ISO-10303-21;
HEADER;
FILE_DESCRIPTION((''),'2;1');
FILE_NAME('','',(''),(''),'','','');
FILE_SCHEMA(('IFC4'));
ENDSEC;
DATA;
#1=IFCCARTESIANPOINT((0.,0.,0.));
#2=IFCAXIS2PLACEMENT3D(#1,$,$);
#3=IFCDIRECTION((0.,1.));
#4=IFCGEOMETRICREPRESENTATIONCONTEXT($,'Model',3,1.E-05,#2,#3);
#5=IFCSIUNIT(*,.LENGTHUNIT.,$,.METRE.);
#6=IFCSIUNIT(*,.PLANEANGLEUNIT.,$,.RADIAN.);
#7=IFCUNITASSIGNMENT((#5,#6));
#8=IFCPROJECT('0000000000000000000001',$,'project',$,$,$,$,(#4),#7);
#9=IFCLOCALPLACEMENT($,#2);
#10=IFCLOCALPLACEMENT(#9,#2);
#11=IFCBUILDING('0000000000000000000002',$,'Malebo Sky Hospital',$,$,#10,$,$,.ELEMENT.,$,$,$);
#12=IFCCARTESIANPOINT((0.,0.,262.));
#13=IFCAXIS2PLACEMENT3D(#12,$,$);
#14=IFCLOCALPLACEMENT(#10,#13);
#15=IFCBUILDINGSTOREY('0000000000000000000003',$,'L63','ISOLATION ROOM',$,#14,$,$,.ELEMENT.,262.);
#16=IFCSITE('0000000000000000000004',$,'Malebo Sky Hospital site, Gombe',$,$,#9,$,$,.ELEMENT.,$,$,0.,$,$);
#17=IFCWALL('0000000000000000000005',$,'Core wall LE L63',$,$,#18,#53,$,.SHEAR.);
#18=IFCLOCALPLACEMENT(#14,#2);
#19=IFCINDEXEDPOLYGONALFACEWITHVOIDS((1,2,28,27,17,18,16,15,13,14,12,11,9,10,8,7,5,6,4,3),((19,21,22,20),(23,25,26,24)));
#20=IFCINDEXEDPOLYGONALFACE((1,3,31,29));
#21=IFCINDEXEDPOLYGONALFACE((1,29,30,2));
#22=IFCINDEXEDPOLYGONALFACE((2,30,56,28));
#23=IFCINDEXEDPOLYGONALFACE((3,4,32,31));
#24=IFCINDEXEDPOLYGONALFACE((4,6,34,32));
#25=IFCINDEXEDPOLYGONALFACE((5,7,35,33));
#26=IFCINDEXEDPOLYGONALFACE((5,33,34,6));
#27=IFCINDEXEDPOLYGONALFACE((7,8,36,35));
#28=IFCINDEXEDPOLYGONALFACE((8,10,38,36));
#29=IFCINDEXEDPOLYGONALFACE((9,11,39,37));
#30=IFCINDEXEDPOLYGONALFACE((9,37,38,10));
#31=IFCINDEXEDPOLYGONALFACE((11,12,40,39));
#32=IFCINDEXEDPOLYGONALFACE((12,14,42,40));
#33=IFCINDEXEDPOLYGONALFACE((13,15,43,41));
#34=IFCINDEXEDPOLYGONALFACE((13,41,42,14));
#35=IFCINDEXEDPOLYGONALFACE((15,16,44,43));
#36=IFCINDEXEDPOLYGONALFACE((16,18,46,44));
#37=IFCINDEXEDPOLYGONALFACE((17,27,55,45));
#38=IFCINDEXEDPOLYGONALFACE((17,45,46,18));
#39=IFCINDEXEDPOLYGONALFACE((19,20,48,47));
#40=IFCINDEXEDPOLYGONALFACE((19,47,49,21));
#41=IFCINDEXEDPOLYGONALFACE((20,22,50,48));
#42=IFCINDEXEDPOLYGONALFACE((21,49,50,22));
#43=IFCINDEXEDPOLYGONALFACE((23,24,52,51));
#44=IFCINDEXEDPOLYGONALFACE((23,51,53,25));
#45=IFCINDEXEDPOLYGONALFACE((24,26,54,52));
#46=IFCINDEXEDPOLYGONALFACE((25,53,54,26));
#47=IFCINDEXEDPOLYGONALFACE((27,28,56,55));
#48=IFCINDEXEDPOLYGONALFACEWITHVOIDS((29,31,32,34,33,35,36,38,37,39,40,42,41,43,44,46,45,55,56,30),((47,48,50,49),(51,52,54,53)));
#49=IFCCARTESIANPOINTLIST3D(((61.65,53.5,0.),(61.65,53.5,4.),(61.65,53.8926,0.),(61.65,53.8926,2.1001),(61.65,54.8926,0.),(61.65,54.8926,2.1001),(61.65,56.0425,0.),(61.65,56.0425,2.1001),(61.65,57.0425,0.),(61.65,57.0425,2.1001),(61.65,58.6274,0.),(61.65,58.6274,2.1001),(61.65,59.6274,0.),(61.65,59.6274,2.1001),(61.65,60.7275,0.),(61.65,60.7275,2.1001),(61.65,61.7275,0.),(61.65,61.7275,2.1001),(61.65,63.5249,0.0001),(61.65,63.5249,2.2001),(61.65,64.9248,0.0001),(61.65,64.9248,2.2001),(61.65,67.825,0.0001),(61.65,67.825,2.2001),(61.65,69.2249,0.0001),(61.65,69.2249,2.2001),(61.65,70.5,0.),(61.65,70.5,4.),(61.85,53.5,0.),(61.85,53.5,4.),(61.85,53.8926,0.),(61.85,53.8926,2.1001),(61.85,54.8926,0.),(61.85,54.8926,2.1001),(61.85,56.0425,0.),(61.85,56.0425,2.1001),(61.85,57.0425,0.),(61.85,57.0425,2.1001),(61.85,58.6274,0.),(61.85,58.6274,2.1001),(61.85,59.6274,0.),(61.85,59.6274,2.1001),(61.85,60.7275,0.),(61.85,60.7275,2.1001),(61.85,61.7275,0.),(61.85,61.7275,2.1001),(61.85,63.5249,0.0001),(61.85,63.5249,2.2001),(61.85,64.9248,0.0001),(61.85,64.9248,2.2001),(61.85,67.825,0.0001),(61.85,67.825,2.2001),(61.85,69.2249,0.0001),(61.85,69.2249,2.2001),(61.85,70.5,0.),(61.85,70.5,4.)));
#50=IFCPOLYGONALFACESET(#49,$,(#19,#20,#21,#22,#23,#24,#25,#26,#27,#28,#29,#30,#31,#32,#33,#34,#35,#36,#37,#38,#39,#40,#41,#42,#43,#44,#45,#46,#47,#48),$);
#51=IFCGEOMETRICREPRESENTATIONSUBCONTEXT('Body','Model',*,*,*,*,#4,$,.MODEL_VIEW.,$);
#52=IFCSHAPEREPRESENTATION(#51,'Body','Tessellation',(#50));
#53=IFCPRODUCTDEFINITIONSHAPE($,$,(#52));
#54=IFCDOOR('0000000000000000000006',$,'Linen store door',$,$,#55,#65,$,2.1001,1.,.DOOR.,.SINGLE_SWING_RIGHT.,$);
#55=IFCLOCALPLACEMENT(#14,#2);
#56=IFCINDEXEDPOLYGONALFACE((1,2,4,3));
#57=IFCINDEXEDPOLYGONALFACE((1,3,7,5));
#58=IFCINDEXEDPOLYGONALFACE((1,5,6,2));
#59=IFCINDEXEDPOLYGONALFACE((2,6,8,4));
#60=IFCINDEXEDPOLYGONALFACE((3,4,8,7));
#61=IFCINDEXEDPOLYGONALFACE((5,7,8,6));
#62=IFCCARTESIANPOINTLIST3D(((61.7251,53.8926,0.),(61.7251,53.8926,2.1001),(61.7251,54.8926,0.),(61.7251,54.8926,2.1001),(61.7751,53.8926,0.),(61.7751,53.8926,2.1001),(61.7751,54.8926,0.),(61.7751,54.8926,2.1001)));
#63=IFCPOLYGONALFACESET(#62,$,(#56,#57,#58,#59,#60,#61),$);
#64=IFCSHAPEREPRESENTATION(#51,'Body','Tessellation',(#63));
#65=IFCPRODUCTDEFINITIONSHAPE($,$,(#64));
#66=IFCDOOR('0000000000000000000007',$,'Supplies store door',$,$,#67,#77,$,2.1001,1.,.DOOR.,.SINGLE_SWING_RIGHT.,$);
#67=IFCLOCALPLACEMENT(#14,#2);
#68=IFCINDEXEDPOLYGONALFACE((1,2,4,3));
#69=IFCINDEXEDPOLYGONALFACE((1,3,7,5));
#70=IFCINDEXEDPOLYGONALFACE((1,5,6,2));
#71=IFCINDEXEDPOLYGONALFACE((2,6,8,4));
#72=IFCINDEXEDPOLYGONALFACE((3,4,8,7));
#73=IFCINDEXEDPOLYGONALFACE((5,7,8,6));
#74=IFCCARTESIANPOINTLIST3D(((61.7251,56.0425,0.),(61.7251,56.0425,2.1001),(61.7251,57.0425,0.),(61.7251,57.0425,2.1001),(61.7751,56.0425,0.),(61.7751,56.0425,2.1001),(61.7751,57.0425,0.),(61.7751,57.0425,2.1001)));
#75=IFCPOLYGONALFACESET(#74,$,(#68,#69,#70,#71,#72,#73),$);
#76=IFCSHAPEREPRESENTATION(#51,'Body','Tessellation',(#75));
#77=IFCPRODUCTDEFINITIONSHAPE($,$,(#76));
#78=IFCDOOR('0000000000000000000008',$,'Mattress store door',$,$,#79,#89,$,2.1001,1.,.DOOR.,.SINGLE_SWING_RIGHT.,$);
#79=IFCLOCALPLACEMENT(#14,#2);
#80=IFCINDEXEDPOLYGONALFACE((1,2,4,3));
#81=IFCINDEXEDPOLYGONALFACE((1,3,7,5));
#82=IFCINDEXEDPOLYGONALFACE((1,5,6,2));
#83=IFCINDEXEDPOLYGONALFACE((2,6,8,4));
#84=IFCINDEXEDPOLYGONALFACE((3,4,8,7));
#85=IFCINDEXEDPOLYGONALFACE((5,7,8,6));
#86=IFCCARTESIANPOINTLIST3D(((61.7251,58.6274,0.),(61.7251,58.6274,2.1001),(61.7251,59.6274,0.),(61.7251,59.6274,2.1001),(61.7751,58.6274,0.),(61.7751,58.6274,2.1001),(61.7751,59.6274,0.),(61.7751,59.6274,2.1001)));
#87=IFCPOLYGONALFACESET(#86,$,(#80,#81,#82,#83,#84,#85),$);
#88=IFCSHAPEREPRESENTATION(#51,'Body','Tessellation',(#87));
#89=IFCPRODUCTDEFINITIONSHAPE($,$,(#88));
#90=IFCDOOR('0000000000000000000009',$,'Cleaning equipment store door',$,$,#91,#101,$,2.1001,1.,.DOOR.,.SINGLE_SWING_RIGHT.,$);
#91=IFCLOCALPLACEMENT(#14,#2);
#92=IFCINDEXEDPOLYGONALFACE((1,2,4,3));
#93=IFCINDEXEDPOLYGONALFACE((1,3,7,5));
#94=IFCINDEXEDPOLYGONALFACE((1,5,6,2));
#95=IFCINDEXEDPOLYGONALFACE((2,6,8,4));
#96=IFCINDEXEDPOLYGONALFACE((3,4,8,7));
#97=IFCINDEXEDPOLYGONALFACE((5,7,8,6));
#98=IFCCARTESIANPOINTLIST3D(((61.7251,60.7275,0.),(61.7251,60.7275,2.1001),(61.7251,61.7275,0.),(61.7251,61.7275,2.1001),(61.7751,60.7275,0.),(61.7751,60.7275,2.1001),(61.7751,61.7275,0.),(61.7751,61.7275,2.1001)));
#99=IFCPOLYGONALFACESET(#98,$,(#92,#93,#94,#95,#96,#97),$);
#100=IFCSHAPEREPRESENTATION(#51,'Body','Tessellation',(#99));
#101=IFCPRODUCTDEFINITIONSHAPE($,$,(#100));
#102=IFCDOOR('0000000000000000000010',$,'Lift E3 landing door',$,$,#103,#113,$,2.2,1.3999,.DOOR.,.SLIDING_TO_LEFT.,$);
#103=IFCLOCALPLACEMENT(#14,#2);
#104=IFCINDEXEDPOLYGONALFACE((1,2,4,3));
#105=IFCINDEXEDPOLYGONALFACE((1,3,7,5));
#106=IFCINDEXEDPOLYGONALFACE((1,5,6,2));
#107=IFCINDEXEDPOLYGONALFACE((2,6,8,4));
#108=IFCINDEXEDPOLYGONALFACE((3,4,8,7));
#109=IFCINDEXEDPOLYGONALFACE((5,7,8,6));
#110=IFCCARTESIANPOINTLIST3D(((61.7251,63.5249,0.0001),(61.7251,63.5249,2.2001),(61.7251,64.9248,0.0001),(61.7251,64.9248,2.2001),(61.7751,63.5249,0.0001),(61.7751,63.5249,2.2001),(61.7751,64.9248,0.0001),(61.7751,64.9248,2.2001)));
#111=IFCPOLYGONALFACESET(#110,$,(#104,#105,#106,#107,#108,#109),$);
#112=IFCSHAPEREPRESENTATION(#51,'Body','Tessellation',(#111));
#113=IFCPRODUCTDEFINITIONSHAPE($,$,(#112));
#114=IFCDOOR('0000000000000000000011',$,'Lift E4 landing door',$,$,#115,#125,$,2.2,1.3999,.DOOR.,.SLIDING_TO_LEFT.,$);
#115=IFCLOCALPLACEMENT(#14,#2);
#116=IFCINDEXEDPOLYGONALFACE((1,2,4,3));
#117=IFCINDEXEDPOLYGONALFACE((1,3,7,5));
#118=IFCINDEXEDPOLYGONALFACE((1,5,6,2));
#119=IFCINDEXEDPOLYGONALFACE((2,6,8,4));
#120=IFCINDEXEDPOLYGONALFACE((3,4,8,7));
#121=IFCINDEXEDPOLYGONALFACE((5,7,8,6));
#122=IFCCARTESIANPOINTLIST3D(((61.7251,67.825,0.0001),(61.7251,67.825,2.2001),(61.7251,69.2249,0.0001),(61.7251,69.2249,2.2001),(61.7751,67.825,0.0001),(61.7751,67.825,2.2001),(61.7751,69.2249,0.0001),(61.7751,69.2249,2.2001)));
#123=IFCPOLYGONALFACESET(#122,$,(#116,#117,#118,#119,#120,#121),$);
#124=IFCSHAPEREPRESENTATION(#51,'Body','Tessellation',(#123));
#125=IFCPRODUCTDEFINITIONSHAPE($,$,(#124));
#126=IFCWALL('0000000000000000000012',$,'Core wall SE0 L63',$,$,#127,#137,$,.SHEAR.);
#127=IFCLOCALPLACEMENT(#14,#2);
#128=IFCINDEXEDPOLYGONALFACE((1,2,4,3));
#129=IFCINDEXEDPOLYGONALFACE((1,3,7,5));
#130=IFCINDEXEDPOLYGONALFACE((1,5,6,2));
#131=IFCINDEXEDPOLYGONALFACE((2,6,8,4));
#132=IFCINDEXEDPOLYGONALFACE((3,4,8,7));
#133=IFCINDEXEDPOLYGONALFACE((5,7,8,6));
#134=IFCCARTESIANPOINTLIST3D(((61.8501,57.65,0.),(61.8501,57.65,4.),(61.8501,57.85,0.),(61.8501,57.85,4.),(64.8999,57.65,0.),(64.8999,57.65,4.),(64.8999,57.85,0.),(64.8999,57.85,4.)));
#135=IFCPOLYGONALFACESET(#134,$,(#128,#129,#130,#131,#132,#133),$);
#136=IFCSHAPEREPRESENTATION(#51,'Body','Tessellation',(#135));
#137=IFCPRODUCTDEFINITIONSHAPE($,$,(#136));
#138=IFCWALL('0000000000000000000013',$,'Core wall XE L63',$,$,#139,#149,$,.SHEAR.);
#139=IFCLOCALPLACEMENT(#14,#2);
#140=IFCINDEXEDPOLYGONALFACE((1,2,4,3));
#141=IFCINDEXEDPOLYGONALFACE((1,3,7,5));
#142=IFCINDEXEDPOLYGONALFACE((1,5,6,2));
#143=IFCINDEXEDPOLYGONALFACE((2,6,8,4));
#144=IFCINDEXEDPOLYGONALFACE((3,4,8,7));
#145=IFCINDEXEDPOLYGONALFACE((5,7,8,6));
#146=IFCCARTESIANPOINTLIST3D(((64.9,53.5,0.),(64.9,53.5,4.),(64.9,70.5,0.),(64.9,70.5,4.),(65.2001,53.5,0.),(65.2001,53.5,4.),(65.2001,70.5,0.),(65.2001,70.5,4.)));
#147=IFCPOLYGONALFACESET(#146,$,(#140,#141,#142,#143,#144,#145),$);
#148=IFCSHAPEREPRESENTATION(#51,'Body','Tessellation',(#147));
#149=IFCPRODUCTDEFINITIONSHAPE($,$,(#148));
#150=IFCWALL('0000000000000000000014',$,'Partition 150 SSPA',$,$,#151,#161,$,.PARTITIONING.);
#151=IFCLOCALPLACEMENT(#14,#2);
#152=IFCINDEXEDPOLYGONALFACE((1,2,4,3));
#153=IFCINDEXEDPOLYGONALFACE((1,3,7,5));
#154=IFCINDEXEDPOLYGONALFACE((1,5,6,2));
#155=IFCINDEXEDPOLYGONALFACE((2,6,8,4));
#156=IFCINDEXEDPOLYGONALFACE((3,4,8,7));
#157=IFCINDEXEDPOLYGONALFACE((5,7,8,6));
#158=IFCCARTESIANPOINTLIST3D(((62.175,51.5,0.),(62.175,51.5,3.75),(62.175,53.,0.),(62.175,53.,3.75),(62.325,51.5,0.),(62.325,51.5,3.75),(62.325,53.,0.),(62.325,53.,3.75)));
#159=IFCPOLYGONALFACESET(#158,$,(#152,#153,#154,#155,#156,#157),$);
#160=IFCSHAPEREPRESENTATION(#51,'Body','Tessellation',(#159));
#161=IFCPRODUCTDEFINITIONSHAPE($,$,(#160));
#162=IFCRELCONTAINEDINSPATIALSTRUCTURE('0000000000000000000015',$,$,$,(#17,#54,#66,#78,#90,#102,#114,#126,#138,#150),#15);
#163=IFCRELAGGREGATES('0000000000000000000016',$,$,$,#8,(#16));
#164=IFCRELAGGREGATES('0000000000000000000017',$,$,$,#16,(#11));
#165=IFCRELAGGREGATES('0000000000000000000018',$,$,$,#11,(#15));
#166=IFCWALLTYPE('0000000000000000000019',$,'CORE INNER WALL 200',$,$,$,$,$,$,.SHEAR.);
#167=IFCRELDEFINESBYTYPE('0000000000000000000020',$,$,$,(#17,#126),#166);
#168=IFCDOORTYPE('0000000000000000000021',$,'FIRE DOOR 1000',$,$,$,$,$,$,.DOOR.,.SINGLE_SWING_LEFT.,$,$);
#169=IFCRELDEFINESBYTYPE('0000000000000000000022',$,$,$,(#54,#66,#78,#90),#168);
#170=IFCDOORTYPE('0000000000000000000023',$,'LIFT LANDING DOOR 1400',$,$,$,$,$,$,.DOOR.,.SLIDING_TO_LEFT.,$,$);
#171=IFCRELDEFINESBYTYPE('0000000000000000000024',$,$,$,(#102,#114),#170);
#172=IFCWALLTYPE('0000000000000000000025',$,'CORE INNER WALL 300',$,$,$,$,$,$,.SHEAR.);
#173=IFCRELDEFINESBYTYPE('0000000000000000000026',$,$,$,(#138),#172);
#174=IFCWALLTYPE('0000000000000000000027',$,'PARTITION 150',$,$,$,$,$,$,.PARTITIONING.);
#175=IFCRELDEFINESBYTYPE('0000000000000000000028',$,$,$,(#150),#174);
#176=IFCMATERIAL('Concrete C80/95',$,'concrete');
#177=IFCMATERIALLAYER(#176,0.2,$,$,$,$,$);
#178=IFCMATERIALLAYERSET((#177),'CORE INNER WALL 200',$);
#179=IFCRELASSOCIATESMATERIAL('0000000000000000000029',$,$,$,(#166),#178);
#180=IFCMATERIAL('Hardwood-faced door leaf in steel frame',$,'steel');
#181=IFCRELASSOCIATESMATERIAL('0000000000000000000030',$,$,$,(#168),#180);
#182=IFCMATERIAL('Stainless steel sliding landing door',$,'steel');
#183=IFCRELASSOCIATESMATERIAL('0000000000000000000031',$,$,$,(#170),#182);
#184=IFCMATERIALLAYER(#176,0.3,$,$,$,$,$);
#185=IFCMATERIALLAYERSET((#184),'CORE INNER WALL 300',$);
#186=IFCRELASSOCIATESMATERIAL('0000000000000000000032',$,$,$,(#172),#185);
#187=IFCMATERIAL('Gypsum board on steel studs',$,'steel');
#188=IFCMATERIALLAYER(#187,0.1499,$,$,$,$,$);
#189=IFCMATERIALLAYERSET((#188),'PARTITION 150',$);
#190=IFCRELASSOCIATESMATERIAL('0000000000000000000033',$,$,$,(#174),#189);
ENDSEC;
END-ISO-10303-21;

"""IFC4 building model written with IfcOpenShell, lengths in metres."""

from ifc_helpers import new_model, si_unit, direction, frame, frame_2d, origin, place, context, subcontext, project, spatial, rectangle, extrude, material, layer, layer_set, type_object, element, fill, save


model = new_model("IFC4")

# Units and contexts
model_context = context("Model", 3, precision=1e-05, world=origin(), true_north=direction((0.0, 1.0)))
body_context = subcontext(model_context, "Body", "Model", "MODEL_VIEW")
ifc_project = project(units=[si_unit("LENGTHUNIT", "METRE"), si_unit("PLANEANGLEUNIT", "RADIAN")], contexts=[model_context])

# Site, building, storey
site_placement = place(None, origin())
site = spatial("IfcSite", under=ifc_project, at=site_placement, Name="Malebo Sky Hospital site, Gombe", CompositionType="ELEMENT", RefElevation=0.0)
building_placement = place(site_placement, origin())
building = spatial("IfcBuilding", under=site, at=building_placement, Name="Malebo Sky Hospital", CompositionType="ELEMENT")
storey_placement = place(building_placement, frame((0.0, 0.0, 262.0)))
storey = spatial("IfcBuildingStorey", under=building, at=storey_placement, Name="L63", Description="ISOLATION ROOM", CompositionType="ELEMENT", Elevation=262.0)

# Wall, openings, doors
ifc_material_1 = material(Name="Concrete C80/95", Category="concrete")
ifc_layer_1 = layer(ifc_material_1, 0.2)
ifc_layer_set_1 = layer_set([ifc_layer_1], Name="CORE INNER WALL 200")
wall_type_1 = type_object("IfcWallType", Name="CORE INNER WALL 200", PredefinedType="SHEAR", material=ifc_layer_set_1)
ifc_material_2 = material(Name="Hardwood-faced door leaf in steel frame", Category="steel")
door_type_1 = type_object("IfcDoorType", Name="FIRE DOOR 1000", OperationType="SINGLE_SWING_LEFT", PredefinedType="DOOR", material=ifc_material_2)
ifc_material_3 = material(Name="Stainless steel sliding landing door", Category="steel")
door_type_2 = type_object("IfcDoorType", Name="LIFT LANDING DOOR 1400", OperationType="SLIDING_TO_LEFT", PredefinedType="DOOR", material=ifc_material_3)
wall_1_placement = place(storey_placement, frame((61.75, 53.5, 0.0), z_axis=(0.0, 0.0, 1.0), x_axis=(0.0, 1.0, 0.0)))
wall_1 = element("IfcWall", 1, at=wall_1_placement, inside=storey, type_object=wall_type_1, Name="Core wall LE L63", PredefinedType="SHEAR", context=body_context, shape_type="SweptSolid", body=[
    extrude(rectangle(XDim=17.0, YDim=0.2, at=frame_2d((8.5, 0.0))), origin(), (0.0, 0.0, 1.0), 4.0),
])
opening_1_placement = place(wall_1_placement, frame((0.3926, 0.0, 0.0)))
opening_1 = element("IfcOpeningElement", 2, at=opening_1_placement, cuts=wall_1, PredefinedType="OPENING", context=body_context, shape_type="SweptSolid", body=[
    extrude(rectangle(XDim=1.0, YDim=2.1001, at=frame_2d((0.5, 1.05))), frame((0.0, 0.1099, 0.0), z_axis=(0.0, -1.0, 0.0), x_axis=(1.0, 0.0, 0.0)), (0.0, 0.0, 1.0), 0.22),
])
opening_2_placement = place(wall_1_placement, frame((2.5425, 0.0, 0.0)))
opening_2 = element("IfcOpeningElement", 3, at=opening_2_placement, cuts=wall_1, PredefinedType="OPENING", context=body_context, shape_type="SweptSolid", body=[
    extrude(rectangle(XDim=1.0, YDim=2.1001, at=frame_2d((0.5, 1.05))), frame((0.0, 0.1099, 0.0), z_axis=(0.0, -1.0, 0.0), x_axis=(1.0, 0.0, 0.0)), (0.0, 0.0, 1.0), 0.22),
])
opening_3_placement = place(wall_1_placement, frame((5.1274, 0.0, 0.0)))
opening_3 = element("IfcOpeningElement", 4, at=opening_3_placement, cuts=wall_1, PredefinedType="OPENING", context=body_context, shape_type="SweptSolid", body=[
    extrude(rectangle(XDim=1.0, YDim=2.1001, at=frame_2d((0.5, 1.05))), frame((0.0, 0.1099, 0.0), z_axis=(0.0, -1.0, 0.0), x_axis=(1.0, 0.0, 0.0)), (0.0, 0.0, 1.0), 0.22),
])
opening_4_placement = place(wall_1_placement, frame((7.2275, 0.0, 0.0)))
opening_4 = element("IfcOpeningElement", 5, at=opening_4_placement, cuts=wall_1, PredefinedType="OPENING", context=body_context, shape_type="SweptSolid", body=[
    extrude(rectangle(XDim=1.0, YDim=2.1001, at=frame_2d((0.5, 1.05))), frame((0.0, 0.1099, 0.0), z_axis=(0.0, -1.0, 0.0), x_axis=(1.0, 0.0, 0.0)), (0.0, 0.0, 1.0), 0.22),
])
opening_5_placement = place(wall_1_placement, frame((10.0249, 0.0, 0.0)))
opening_5 = element("IfcOpeningElement", 6, at=opening_5_placement, cuts=wall_1, PredefinedType="OPENING", context=body_context, shape_type="SweptSolid", body=[
    extrude(rectangle(XDim=1.3999, YDim=2.2, at=frame_2d((0.7, 1.1001))), frame((0.0, 0.1099, 0.0), z_axis=(0.0, -1.0, 0.0), x_axis=(1.0, 0.0, 0.0)), (0.0, 0.0, 1.0), 0.22),
])
opening_6_placement = place(wall_1_placement, frame((14.325, 0.0, 0.0)))
opening_6 = element("IfcOpeningElement", 7, at=opening_6_placement, cuts=wall_1, PredefinedType="OPENING", context=body_context, shape_type="SweptSolid", body=[
    extrude(rectangle(XDim=1.3999, YDim=2.2, at=frame_2d((0.7, 1.1001))), frame((0.0, 0.1099, 0.0), z_axis=(0.0, -1.0, 0.0), x_axis=(1.0, 0.0, 0.0)), (0.0, 0.0, 1.0), 0.22),
])
door_1_placement = place(opening_1_placement, origin())
door_1 = element("IfcDoor", 8, at=door_1_placement, inside=storey, type_object=door_type_1, Name="Linen store door", OperationType="SINGLE_SWING_RIGHT", OverallHeight=2.1001, OverallWidth=1.0, PredefinedType="DOOR", context=body_context, shape_type="SweptSolid", body=[
    extrude(rectangle(XDim=1.0, YDim=2.1001, at=frame_2d((0.5, 1.05))), frame((0.0, 0.0249, 0.0), z_axis=(0.0, -1.0, 0.0), x_axis=(1.0, 0.0, 0.0)), (0.0, 0.0, 1.0), 0.05),
])
fill(opening_1, door_1)
door_2_placement = place(opening_2_placement, origin())
door_2 = element("IfcDoor", 9, at=door_2_placement, inside=storey, type_object=door_type_1, Name="Supplies store door", OperationType="SINGLE_SWING_RIGHT", OverallHeight=2.1001, OverallWidth=1.0, PredefinedType="DOOR", context=body_context, shape_type="SweptSolid", body=[
    extrude(rectangle(XDim=1.0, YDim=2.1001, at=frame_2d((0.5, 1.05))), frame((0.0, 0.0249, 0.0), z_axis=(0.0, -1.0, 0.0), x_axis=(1.0, 0.0, 0.0)), (0.0, 0.0, 1.0), 0.05),
])
fill(opening_2, door_2)
door_3_placement = place(opening_3_placement, origin())
door_3 = element("IfcDoor", 10, at=door_3_placement, inside=storey, type_object=door_type_1, Name="Mattress store door", OperationType="SINGLE_SWING_RIGHT", OverallHeight=2.1001, OverallWidth=1.0, PredefinedType="DOOR", context=body_context, shape_type="SweptSolid", body=[
    extrude(rectangle(XDim=1.0, YDim=2.1001, at=frame_2d((0.5, 1.05))), frame((0.0, 0.0249, 0.0), z_axis=(0.0, -1.0, 0.0), x_axis=(1.0, 0.0, 0.0)), (0.0, 0.0, 1.0), 0.05),
])
fill(opening_3, door_3)
door_4_placement = place(opening_4_placement, origin())
door_4 = element("IfcDoor", 11, at=door_4_placement, inside=storey, type_object=door_type_1, Name="Cleaning equipment store door", OperationType="SINGLE_SWING_RIGHT", OverallHeight=2.1001, OverallWidth=1.0, PredefinedType="DOOR", context=body_context, shape_type="SweptSolid", body=[
    extrude(rectangle(XDim=1.0, YDim=2.1001, at=frame_2d((0.5, 1.05))), frame((0.0, 0.0249, 0.0), z_axis=(0.0, -1.0, 0.0), x_axis=(1.0, 0.0, 0.0)), (0.0, 0.0, 1.0), 0.05),
])
fill(opening_4, door_4)
door_5_placement = place(opening_5_placement, origin())
door_5 = element("IfcDoor", 12, at=door_5_placement, inside=storey, type_object=door_type_2, Name="Lift E3 landing door", OperationType="SLIDING_TO_LEFT", OverallHeight=2.2, OverallWidth=1.3999, PredefinedType="DOOR", context=body_context, shape_type="SweptSolid", body=[
    extrude(rectangle(XDim=1.3999, YDim=2.2, at=frame_2d((0.7, 1.1001))), frame((0.0, 0.0249, 0.0), z_axis=(0.0, -1.0, 0.0), x_axis=(1.0, 0.0, 0.0)), (0.0, 0.0, 1.0), 0.05),
])
fill(opening_5, door_5)
door_6_placement = place(opening_6_placement, origin())
door_6 = element("IfcDoor", 13, at=door_6_placement, inside=storey, type_object=door_type_2, Name="Lift E4 landing door", OperationType="SLIDING_TO_LEFT", OverallHeight=2.2, OverallWidth=1.3999, PredefinedType="DOOR", context=body_context, shape_type="SweptSolid", body=[
    extrude(rectangle(XDim=1.3999, YDim=2.2, at=frame_2d((0.7, 1.1001))), frame((0.0, 0.0249, 0.0), z_axis=(0.0, -1.0, 0.0), x_axis=(1.0, 0.0, 0.0)), (0.0, 0.0, 1.0), 0.05),
])
fill(opening_6, door_6)

# Walls
wall_2_placement = place(storey_placement, frame((61.8501, 57.75, 0.0), z_axis=(0.0, 0.0, 1.0), x_axis=(1.0, 0.0, 0.0)))
element("IfcWall", 14, at=wall_2_placement, inside=storey, type_object=wall_type_1, Name="Core wall SE0 L63", PredefinedType="SHEAR", context=body_context, shape_type="SweptSolid", body=[
    extrude(rectangle(XDim=3.0498, YDim=0.2, at=frame_2d((1.5249, 0.0))), origin(), (0.0, 0.0, 1.0), 4.0),
])
ifc_layer_2 = layer(ifc_material_1, 0.3)
ifc_layer_set_2 = layer_set([ifc_layer_2], Name="CORE INNER WALL 300")
wall_type_2 = type_object("IfcWallType", Name="CORE INNER WALL 300", PredefinedType="SHEAR", material=ifc_layer_set_2)
wall_3_placement = place(storey_placement, frame((65.05, 53.5, 0.0), z_axis=(0.0, 0.0, 1.0), x_axis=(0.0, 1.0, 0.0)))
element("IfcWall", 15, at=wall_3_placement, inside=storey, type_object=wall_type_2, Name="Core wall XE L63", PredefinedType="SHEAR", context=body_context, shape_type="SweptSolid", body=[
    extrude(rectangle(XDim=17.0, YDim=0.3, at=frame_2d((8.5, 0.0))), origin(), (0.0, 0.0, 1.0), 4.0),
])
ifc_material_4 = material(Name="Gypsum board on steel studs", Category="steel")
ifc_layer_3 = layer(ifc_material_4, 0.1499)
ifc_layer_set_3 = layer_set([ifc_layer_3], Name="PARTITION 150")
wall_type_3 = type_object("IfcWallType", Name="PARTITION 150", PredefinedType="PARTITIONING", material=ifc_layer_set_3)
for number, where, z_axis, x_axis, name in (
    (16, (62.25, 53.0, 0.0), (0.0, 0.0, 1.0), (0.0, -1.0, 0.0), "Partition 150 SSPA"),
):
    element("IfcWall", number, at=place(storey_placement, frame(where, z_axis=z_axis, x_axis=x_axis)), inside=storey, type_object=wall_type_3, Name=name, PredefinedType="PARTITIONING", context=body_context, shape_type="SweptSolid", body=[
        extrude(rectangle(XDim=1.5, YDim=0.1499, at=frame_2d((0.75, 0.0))), origin(), (0.0, 0.0, 1.0), 3.75),
    ])

save(model, "model.ifc")
